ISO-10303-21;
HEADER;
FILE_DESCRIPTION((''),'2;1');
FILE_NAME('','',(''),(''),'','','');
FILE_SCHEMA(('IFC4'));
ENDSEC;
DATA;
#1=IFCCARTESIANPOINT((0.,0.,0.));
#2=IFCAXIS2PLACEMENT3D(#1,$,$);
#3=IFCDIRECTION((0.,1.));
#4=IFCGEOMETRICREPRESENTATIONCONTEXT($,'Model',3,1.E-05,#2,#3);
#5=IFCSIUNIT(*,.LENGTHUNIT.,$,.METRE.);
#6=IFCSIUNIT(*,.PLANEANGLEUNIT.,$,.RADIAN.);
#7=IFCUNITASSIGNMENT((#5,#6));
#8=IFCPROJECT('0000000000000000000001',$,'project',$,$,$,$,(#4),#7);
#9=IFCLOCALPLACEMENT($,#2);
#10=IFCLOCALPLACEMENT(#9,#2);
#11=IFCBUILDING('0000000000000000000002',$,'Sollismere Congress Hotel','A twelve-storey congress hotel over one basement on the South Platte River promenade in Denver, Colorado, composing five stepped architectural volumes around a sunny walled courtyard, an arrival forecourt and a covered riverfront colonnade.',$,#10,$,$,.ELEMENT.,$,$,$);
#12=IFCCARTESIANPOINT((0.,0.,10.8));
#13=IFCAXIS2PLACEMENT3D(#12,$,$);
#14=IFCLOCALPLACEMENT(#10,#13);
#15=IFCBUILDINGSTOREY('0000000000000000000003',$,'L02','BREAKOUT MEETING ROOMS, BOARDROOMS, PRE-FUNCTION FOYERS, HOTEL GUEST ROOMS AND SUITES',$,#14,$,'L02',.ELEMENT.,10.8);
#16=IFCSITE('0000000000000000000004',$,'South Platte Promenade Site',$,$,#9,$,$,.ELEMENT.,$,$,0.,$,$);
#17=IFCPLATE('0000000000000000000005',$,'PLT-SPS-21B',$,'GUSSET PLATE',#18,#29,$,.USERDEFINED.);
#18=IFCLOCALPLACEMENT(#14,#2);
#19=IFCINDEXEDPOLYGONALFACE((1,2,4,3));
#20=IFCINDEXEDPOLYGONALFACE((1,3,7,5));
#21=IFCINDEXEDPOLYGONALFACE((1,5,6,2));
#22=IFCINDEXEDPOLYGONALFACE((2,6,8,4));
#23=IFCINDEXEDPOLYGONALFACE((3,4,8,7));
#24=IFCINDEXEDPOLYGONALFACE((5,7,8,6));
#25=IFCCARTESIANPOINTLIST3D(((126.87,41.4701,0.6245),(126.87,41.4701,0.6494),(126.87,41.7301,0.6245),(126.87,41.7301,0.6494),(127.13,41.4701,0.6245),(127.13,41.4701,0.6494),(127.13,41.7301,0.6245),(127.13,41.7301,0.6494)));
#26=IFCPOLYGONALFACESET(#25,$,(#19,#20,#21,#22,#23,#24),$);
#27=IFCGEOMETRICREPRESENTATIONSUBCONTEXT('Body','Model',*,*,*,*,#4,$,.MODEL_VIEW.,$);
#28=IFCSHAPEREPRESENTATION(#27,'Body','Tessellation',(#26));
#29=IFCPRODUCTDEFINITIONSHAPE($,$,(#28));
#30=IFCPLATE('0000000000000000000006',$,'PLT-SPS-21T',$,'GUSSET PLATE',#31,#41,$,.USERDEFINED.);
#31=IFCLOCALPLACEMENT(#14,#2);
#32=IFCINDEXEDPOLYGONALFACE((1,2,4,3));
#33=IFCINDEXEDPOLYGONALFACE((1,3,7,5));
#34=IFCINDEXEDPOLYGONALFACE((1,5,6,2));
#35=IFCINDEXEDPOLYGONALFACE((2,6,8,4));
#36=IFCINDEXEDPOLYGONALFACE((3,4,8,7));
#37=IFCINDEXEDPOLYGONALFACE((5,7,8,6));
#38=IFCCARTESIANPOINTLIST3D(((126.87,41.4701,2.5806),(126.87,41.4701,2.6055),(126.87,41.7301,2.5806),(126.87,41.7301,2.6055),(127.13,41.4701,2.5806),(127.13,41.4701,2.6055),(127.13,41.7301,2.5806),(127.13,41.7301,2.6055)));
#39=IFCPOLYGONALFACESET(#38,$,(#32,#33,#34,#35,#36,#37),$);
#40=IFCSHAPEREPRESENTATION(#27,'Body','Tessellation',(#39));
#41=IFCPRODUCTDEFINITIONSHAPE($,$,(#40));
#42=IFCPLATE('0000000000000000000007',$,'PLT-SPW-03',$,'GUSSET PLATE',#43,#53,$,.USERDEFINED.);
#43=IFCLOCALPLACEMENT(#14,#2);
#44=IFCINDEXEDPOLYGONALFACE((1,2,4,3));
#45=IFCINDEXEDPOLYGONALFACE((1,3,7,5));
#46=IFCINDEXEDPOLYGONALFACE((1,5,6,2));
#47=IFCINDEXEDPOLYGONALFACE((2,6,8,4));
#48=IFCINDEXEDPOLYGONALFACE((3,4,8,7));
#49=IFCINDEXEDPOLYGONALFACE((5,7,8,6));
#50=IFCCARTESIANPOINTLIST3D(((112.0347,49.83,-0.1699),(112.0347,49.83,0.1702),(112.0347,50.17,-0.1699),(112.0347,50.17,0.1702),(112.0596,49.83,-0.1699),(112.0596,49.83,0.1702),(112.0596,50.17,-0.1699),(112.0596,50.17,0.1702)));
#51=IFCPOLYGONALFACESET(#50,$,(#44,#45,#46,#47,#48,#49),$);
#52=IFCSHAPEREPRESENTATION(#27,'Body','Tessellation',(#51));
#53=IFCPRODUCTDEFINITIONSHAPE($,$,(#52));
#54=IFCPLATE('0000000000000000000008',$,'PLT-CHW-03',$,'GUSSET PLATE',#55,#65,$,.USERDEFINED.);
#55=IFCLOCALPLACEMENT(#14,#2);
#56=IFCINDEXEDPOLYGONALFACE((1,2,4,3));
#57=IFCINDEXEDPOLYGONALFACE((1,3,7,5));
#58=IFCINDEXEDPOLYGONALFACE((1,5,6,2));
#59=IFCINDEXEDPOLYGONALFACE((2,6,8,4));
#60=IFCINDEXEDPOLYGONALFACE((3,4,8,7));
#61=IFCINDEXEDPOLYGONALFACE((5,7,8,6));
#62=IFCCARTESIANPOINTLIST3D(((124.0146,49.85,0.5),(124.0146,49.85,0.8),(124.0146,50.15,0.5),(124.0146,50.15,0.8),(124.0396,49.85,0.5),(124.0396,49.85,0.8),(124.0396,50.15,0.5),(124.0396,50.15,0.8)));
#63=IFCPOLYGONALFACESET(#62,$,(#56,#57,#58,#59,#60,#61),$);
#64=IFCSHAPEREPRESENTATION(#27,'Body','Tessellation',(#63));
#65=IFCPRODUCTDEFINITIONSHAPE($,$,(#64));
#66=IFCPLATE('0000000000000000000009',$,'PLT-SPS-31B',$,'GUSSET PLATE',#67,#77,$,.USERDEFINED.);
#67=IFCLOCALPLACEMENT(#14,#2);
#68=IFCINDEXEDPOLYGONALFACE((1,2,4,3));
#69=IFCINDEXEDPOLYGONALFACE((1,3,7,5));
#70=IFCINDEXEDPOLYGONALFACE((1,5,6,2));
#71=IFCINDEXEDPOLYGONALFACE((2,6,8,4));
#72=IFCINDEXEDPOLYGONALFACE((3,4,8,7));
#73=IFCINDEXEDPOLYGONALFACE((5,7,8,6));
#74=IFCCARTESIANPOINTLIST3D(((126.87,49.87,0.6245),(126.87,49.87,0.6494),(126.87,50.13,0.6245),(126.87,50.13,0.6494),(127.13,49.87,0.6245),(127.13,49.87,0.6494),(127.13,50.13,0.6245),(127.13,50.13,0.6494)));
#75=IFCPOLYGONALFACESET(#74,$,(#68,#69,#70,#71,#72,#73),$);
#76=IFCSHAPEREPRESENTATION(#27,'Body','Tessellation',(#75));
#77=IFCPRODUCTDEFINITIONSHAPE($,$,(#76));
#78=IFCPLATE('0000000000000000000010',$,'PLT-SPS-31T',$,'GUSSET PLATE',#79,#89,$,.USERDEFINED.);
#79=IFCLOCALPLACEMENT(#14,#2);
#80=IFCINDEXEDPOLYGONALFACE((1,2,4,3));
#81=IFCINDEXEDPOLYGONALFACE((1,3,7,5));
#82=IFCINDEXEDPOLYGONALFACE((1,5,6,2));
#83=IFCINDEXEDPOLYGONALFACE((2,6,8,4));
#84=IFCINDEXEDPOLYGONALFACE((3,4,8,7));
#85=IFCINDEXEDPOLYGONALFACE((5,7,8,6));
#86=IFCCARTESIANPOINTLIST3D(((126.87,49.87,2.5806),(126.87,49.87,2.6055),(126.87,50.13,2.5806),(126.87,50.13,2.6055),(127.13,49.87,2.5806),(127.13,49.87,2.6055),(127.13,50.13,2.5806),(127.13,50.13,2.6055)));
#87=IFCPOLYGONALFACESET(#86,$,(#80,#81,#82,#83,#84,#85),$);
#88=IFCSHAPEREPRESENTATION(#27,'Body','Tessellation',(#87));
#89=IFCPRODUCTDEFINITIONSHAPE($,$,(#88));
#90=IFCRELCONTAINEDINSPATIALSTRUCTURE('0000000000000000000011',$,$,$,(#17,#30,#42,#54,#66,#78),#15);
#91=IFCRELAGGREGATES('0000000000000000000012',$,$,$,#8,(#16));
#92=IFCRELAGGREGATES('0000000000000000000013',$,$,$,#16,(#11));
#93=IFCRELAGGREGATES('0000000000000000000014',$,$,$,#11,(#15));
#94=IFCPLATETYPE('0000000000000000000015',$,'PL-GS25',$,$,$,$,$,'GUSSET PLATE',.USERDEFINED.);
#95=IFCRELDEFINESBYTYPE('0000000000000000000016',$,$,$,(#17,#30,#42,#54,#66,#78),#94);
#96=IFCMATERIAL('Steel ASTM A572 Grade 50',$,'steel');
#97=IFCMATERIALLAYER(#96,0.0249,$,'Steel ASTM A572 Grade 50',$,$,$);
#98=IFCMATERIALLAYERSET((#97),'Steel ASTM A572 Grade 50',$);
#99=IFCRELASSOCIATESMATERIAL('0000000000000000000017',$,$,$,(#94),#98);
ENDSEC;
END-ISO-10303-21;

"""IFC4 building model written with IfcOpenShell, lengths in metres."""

from ifc_helpers import new_model, si_unit, direction, frame, origin, origin_2d, place, context, subcontext, project, spatial, rectangle, extrude, material, layer, layer_set, type_object, element, save


model = new_model("IFC4")

# Units and contexts
model_context = context("Model", 3, precision=1e-05, world=origin(), true_north=direction((0.0, 1.0)))
body_context = subcontext(model_context, "Body", "Model", "MODEL_VIEW")
ifc_project = project(units=[si_unit("LENGTHUNIT", "METRE"), si_unit("PLANEANGLEUNIT", "RADIAN")], contexts=[model_context])

# Site, building, storey
site_placement = place(None, origin())
site = spatial("IfcSite", under=ifc_project, at=site_placement, Name="South Platte Promenade Site", CompositionType="ELEMENT", RefElevation=0.0)
building_placement = place(site_placement, origin())
building = spatial("IfcBuilding", under=site, at=building_placement, Name="Sollismere Congress Hotel", Description="A twelve-storey congress hotel over one basement on the South Platte River promenade in Denver, Colorado, composing five stepped architectural volumes around a sunny walled courtyard, an arrival forecourt and a covered riverfront colonnade.", CompositionType="ELEMENT")
storey_placement = place(building_placement, frame((0.0, 0.0, 10.8)))
storey = spatial("IfcBuildingStorey", under=building, at=storey_placement, Name="L02", Description="BREAKOUT MEETING ROOMS, BOARDROOMS, PRE-FUNCTION FOYERS, HOTEL GUEST ROOMS AND SUITES", LongName="L02", CompositionType="ELEMENT", Elevation=10.8)

# Plates
ifc_material_1 = material(Name="Steel ASTM A572 Grade 50", Category="steel")
ifc_layer = layer(ifc_material_1, 0.0249, Name="Steel ASTM A572 Grade 50")
ifc_layer_set = layer_set([ifc_layer], Name="Steel ASTM A572 Grade 50")
plate_type = type_object("IfcPlateType", Name="PL-GS25", ElementType="GUSSET PLATE", PredefinedType="USERDEFINED", material=ifc_layer_set)
for number, where, z_axis, x_axis, name in (
    (1, (127.0, 41.6001, 0.6245), (0.0, 0.0, 1.0), (1.0, 0.0, 0.0), "PLT-SPS-21B"),
    (2, (127.0, 41.6001, 2.5806), (0.0, 0.0, 1.0), (1.0, 0.0, 0.0), "PLT-SPS-21T"),
):
    element("IfcPlate", number, at=place(storey_placement, frame(where, z_axis=z_axis, x_axis=x_axis)), inside=storey, type_object=plate_type, Name=name, ObjectType="GUSSET PLATE", PredefinedType="USERDEFINED", context=body_context, shape_type="SweptSolid", body=[
        extrude(rectangle(XDim=0.26, YDim=0.26, at=origin_2d()), origin(), (0.0, 0.0, 1.0), 0.0249),
    ])
plate_1_placement = place(storey_placement, frame((112.0471, 50.0, -0.1699), z_axis=(0.0, 0.0, 1.0), x_axis=(1.0, 0.0, 0.0)))
element("IfcPlate", 3, at=plate_1_placement, inside=storey, type_object=plate_type, Name="PLT-SPW-03", ObjectType="GUSSET PLATE", PredefinedType="USERDEFINED", context=body_context, shape_type="SweptSolid", body=[
    extrude(rectangle(XDim=0.0249, YDim=0.3401, at=origin_2d()), origin(), (0.0, 0.0, 1.0), 0.3401),
])
plate_2_placement = place(storey_placement, frame((124.0271, 50.0, 0.5), z_axis=(0.0, 0.0, 1.0), x_axis=(1.0, 0.0, 0.0)))
element("IfcPlate", 4, at=plate_2_placement, inside=storey, type_object=plate_type, Name="PLT-CHW-03", ObjectType="GUSSET PLATE", PredefinedType="USERDEFINED", context=body_context, shape_type="SweptSolid", body=[
    extrude(rectangle(XDim=0.0249, YDim=0.3, at=origin_2d()), origin(), (0.0, 0.0, 1.0), 0.3),
])
for number, where, z_axis, x_axis, name in (
    (5, (127.0, 50.0, 0.6245), (0.0, 0.0, 1.0), (1.0, 0.0, 0.0), "PLT-SPS-31B"),
    (6, (127.0, 50.0, 2.5806), (0.0, 0.0, 1.0), (1.0, 0.0, 0.0), "PLT-SPS-31T"),
):
    element("IfcPlate", number, at=place(storey_placement, frame(where, z_axis=z_axis, x_axis=x_axis)), inside=storey, type_object=plate_type, Name=name, ObjectType="GUSSET PLATE", PredefinedType="USERDEFINED", context=body_context, shape_type="SweptSolid", body=[
        extrude(rectangle(XDim=0.26, YDim=0.26, at=origin_2d()), origin(), (0.0, 0.0, 1.0), 0.0249),
    ])

save(model, "model.ifc")
